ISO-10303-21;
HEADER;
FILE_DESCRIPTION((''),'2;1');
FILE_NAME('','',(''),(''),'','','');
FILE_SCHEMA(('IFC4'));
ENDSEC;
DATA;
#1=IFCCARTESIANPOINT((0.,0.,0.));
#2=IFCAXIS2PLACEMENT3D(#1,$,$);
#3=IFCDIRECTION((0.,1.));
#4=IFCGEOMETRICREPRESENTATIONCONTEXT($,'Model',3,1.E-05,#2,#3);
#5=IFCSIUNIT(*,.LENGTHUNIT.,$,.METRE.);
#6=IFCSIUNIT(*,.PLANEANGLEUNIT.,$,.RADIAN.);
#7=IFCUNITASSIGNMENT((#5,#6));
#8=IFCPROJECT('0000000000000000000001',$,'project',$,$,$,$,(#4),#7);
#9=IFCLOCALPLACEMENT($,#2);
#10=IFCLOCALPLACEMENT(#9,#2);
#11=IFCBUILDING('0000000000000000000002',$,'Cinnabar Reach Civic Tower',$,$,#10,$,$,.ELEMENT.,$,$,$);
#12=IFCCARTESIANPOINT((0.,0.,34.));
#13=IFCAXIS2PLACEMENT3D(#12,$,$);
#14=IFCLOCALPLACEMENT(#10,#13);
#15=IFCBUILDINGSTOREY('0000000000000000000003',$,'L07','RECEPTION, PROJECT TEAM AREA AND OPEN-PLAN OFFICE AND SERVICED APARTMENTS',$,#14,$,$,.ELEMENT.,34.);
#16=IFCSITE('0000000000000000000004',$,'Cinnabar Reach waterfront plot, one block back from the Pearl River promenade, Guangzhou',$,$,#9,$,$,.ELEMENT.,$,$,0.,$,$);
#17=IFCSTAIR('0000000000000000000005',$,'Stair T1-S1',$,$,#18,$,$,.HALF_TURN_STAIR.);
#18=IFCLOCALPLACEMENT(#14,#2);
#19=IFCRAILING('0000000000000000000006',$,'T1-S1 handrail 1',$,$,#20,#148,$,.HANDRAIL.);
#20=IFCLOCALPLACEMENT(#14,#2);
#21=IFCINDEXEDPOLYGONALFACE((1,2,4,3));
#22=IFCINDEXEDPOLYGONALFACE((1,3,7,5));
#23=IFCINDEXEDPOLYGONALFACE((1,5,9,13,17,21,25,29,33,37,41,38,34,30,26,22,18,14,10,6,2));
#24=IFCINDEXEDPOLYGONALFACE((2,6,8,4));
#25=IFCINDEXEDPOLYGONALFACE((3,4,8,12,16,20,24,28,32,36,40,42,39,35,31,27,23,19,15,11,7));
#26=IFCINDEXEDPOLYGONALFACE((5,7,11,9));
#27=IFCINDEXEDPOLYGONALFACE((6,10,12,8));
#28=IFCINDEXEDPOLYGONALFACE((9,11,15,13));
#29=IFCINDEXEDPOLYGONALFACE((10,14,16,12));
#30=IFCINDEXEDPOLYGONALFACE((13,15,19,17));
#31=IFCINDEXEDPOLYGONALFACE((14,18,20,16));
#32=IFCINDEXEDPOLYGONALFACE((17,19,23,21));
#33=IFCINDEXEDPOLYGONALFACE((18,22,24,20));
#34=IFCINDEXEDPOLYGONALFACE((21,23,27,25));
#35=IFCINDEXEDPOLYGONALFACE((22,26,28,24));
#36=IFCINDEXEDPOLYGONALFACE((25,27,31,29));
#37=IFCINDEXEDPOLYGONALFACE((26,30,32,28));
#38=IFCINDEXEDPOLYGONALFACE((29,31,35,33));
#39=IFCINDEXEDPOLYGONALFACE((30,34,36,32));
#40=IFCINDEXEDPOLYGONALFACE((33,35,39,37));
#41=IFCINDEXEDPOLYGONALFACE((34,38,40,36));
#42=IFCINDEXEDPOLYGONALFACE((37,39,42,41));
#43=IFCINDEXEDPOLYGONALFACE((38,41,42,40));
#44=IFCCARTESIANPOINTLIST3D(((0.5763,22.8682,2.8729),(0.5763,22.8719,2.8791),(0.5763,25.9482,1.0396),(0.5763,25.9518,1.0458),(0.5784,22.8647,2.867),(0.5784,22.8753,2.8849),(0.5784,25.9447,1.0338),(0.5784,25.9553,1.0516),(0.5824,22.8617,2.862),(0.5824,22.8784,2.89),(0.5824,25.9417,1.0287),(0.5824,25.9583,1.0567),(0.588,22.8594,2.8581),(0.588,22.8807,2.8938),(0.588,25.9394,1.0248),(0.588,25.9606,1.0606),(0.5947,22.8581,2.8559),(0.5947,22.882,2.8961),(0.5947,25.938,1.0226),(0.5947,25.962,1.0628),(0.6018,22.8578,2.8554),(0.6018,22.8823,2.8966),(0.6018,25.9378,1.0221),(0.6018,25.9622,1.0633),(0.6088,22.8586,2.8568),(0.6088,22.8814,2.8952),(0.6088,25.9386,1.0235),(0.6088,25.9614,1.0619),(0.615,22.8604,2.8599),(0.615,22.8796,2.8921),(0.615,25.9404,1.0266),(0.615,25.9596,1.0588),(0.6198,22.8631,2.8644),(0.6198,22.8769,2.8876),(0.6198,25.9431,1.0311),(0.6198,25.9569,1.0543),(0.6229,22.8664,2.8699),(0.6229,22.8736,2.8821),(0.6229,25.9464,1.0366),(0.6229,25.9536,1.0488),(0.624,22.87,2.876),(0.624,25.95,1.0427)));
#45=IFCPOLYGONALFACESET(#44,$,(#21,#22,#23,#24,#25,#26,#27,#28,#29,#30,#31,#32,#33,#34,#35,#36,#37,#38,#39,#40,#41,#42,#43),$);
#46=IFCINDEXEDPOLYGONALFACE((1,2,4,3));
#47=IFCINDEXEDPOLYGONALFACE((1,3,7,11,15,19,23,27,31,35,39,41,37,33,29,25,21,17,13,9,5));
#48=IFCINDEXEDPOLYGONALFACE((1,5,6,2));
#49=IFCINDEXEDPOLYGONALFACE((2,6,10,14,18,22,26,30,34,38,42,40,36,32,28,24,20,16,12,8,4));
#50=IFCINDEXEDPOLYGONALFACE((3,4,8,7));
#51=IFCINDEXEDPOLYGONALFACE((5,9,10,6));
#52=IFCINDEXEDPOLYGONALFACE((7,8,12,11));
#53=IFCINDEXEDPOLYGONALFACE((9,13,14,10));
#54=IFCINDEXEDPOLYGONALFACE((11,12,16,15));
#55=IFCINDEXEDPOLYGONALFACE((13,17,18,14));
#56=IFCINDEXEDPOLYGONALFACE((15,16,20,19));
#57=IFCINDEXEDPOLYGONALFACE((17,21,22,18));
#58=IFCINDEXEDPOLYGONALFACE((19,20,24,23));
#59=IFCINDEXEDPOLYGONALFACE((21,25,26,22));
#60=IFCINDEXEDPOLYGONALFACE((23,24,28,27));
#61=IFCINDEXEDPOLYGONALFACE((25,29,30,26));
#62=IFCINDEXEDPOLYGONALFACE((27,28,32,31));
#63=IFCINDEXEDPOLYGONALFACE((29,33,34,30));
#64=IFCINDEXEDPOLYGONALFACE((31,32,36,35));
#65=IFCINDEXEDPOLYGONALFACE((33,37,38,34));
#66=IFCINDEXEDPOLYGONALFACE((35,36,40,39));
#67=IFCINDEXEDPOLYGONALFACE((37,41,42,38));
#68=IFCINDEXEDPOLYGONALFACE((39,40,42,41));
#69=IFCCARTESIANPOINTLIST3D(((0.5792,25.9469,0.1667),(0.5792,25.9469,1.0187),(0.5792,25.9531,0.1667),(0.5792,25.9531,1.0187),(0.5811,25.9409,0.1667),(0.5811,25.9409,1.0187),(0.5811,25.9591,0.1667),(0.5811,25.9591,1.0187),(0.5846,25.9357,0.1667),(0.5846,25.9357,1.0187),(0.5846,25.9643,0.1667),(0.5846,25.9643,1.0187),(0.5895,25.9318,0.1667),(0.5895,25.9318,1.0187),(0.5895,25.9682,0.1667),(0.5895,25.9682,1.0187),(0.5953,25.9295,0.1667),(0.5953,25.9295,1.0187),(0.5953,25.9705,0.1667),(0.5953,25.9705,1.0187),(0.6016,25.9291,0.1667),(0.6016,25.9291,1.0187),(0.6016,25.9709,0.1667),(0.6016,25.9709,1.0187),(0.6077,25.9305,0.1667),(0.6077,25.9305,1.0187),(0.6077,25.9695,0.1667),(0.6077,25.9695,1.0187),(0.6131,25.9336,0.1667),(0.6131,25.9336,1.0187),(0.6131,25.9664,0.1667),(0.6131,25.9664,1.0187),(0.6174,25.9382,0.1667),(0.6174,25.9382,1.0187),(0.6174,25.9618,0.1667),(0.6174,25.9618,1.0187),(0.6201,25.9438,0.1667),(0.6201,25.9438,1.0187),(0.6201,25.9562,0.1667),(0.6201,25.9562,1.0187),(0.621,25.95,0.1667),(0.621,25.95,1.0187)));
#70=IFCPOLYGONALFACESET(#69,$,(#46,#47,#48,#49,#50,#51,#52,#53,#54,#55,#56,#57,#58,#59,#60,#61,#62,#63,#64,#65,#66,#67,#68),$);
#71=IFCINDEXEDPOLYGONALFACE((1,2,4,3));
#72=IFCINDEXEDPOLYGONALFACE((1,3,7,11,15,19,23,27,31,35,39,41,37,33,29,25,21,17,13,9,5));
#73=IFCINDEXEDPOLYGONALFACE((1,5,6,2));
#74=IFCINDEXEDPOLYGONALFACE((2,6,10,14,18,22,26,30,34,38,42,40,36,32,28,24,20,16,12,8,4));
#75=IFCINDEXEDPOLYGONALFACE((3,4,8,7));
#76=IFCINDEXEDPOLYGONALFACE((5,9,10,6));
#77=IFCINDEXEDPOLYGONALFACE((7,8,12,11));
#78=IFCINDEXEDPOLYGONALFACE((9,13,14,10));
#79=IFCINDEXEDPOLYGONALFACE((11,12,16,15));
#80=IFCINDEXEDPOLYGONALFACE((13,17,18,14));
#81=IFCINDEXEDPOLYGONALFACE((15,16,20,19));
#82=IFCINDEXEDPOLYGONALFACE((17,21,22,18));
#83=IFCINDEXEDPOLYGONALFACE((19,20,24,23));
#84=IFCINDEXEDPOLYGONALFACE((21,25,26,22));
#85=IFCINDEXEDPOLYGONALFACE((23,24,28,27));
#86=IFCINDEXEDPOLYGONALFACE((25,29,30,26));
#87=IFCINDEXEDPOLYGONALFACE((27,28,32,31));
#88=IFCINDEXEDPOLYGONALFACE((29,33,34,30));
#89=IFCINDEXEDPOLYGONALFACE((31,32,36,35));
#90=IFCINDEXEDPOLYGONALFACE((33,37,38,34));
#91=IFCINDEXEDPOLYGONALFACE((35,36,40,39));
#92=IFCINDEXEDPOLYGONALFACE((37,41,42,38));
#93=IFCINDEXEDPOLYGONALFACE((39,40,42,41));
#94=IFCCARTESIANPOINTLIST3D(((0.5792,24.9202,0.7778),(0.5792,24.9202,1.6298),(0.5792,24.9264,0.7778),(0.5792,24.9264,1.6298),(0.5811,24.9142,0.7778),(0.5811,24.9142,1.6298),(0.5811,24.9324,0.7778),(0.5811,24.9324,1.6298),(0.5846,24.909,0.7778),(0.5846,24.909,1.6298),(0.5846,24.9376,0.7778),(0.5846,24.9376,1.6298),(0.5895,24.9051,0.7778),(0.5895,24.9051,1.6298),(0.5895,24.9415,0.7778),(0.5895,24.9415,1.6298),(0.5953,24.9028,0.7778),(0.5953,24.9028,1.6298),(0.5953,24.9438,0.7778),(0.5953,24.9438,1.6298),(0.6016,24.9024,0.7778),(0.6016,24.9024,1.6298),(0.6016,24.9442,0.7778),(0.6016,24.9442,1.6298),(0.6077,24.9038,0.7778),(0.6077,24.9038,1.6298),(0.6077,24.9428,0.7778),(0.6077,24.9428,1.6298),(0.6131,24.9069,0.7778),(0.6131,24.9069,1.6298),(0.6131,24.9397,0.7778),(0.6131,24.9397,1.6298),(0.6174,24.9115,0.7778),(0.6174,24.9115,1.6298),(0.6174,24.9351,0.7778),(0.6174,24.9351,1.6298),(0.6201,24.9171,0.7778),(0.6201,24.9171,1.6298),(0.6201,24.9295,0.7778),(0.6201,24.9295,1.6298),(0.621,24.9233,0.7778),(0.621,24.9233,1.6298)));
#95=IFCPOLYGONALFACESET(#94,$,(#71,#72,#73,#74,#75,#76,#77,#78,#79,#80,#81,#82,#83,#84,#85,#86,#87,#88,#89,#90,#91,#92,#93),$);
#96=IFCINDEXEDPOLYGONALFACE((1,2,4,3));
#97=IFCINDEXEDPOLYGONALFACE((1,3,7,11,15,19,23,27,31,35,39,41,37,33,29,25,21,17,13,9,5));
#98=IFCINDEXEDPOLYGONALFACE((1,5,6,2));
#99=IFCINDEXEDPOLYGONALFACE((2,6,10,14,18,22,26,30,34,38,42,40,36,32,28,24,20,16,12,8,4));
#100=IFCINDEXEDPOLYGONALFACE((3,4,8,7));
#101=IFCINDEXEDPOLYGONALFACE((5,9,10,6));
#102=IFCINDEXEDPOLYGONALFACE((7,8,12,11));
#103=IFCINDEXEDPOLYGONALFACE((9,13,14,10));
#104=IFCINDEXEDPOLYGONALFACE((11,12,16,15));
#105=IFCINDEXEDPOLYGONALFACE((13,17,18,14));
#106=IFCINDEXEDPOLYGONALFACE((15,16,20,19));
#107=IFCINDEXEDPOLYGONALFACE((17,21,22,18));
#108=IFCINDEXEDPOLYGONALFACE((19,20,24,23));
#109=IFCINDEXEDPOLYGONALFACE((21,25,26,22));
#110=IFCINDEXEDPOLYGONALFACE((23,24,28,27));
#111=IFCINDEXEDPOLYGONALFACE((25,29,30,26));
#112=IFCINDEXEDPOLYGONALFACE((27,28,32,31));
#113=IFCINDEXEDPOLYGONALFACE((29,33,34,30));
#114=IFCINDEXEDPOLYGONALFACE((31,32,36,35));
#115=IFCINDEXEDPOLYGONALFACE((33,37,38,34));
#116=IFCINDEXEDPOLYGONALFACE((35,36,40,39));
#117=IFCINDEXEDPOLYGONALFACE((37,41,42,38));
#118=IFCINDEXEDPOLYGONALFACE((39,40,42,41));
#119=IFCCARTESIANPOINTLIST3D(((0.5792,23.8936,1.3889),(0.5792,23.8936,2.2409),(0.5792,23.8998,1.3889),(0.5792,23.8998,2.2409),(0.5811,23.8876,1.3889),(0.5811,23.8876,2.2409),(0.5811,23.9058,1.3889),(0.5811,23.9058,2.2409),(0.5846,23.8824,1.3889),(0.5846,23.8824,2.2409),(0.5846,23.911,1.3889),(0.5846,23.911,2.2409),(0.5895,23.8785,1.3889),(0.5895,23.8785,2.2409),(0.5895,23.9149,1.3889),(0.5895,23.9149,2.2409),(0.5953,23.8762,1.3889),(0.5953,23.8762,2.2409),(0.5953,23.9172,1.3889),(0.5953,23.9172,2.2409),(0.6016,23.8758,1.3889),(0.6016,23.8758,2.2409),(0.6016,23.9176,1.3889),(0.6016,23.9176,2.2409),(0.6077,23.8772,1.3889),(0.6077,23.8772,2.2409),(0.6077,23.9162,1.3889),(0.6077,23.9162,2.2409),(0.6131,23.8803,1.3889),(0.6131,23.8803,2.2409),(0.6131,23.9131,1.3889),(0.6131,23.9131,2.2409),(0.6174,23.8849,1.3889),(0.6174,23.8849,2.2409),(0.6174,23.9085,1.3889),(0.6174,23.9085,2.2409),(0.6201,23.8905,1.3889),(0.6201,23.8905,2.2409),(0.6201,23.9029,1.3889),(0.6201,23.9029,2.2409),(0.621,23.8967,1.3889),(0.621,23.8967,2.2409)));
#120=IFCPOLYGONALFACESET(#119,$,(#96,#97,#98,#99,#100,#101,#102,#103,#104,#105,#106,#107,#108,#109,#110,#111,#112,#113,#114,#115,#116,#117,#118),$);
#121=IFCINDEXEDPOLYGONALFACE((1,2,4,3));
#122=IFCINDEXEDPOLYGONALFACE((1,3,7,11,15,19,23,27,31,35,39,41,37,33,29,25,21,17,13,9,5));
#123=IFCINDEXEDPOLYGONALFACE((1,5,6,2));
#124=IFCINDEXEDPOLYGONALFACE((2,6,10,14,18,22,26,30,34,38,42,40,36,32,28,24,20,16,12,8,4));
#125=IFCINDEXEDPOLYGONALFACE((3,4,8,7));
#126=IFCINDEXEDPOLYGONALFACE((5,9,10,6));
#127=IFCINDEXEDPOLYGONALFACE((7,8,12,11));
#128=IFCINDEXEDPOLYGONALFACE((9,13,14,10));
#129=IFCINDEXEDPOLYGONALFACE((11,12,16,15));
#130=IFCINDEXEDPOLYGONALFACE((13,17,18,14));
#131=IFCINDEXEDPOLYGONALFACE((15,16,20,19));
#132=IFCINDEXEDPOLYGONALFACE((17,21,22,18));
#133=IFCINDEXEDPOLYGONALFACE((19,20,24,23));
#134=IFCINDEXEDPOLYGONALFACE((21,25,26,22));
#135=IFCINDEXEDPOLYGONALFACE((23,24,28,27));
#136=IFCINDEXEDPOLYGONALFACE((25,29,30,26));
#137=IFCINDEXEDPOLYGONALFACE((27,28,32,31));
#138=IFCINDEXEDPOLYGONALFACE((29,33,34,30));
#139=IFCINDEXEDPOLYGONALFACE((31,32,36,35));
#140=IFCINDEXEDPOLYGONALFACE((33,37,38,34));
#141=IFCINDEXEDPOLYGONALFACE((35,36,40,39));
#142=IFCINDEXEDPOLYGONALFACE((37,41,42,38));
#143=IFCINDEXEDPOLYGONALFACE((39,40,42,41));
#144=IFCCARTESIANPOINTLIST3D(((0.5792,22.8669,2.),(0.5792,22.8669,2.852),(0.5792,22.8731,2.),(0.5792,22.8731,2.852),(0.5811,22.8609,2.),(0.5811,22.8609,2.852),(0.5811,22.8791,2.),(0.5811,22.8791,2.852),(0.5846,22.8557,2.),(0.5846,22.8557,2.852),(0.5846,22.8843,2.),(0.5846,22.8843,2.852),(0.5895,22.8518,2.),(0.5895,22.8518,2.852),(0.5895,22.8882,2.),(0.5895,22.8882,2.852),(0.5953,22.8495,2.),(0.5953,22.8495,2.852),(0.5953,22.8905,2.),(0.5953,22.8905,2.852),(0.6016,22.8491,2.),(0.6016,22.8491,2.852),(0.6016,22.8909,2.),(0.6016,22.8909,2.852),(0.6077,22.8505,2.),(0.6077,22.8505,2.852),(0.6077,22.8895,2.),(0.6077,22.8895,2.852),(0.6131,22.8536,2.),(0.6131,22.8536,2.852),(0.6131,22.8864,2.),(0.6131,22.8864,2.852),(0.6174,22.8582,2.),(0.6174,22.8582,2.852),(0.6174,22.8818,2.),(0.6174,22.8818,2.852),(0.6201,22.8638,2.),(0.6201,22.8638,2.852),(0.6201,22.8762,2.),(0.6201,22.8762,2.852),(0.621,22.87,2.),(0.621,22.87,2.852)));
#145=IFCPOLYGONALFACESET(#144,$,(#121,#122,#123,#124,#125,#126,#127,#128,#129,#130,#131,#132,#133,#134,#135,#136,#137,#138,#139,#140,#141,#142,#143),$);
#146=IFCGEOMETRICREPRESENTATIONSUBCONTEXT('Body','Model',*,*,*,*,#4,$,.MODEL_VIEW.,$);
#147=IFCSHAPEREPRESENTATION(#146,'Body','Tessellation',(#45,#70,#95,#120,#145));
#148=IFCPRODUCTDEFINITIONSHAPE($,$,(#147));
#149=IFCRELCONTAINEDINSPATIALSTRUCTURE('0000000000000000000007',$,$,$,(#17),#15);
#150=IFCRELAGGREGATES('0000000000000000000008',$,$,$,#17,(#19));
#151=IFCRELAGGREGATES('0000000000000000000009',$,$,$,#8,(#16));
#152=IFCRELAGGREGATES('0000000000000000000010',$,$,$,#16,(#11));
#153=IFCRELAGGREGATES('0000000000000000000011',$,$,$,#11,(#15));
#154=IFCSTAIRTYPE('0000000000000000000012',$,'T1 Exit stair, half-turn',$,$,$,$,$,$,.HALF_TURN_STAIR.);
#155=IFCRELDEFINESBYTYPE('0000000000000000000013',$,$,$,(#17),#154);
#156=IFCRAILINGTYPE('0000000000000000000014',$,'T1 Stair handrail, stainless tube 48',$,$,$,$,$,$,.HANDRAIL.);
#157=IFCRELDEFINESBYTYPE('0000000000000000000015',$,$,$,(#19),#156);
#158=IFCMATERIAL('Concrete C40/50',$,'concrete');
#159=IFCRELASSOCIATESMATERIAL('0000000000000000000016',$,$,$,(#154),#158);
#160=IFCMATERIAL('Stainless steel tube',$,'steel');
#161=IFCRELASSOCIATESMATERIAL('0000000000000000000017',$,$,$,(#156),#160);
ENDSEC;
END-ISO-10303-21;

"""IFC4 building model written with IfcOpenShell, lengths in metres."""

from ifc_helpers import new_model, si_unit, direction, frame, origin, origin_2d, place, context, subcontext, project, spatial, circle, extrude, material, type_object, element, aggregate, save


model = new_model("IFC4")

# Units and contexts
model_context = context("Model", 3, precision=1e-05, world=origin(), true_north=direction((0.0, 1.0)))
body_context = subcontext(model_context, "Body", "Model", "MODEL_VIEW")
ifc_project = project(units=[si_unit("LENGTHUNIT", "METRE"), si_unit("PLANEANGLEUNIT", "RADIAN")], contexts=[model_context])

# Site, building, storey
site_placement = place(None, origin())
site = spatial("IfcSite", under=ifc_project, at=site_placement, Name="Cinnabar Reach waterfront plot, one block back from the Pearl River promenade, Guangzhou", CompositionType="ELEMENT", RefElevation=0.0)
building_placement = place(site_placement, origin())
building = spatial("IfcBuilding", under=site, at=building_placement, Name="Cinnabar Reach Civic Tower", CompositionType="ELEMENT")
storey_placement = place(building_placement, frame((0.0, 0.0, 34.0)))
storey = spatial("IfcBuildingStorey", under=building, at=storey_placement, Name="L07", Description="RECEPTION, PROJECT TEAM AREA AND OPEN-PLAN OFFICE AND SERVICED APARTMENTS", CompositionType="ELEMENT", Elevation=34.0)

# Stair, railing
ifc_material_1 = material(Name="Concrete C40/50", Category="concrete")
stair_type = type_object("IfcStairType", Name="T1 Exit stair, half-turn", PredefinedType="HALF_TURN_STAIR", material=ifc_material_1)
stair_placement = place(storey_placement, origin())
stair = element("IfcStair", 1, at=stair_placement, inside=storey, type_object=stair_type, Name="Stair T1-S1", PredefinedType="HALF_TURN_STAIR")
ifc_material_2 = material(Name="Stainless steel tube", Category="steel")
railing_type = type_object("IfcRailingType", Name="T1 Stair handrail, stainless tube 48", PredefinedType="HANDRAIL", material=ifc_material_2)
railing_placement = place(storey_placement, frame((0.6, 25.95, 0.1667)))
railing = element("IfcRailing", 2, at=railing_placement, type_object=railing_type, Name="T1-S1 handrail 1", PredefinedType="HANDRAIL", context=body_context, shape_type="SweptSolid", body=[
    extrude(circle(Radius=0.024, at=origin_2d()), frame((0.0, 0.0, 0.876), z_axis=(0.0, -0.859297, 0.511477), x_axis=(1.0, 0.0, 0.0)), (0.0, 0.0, 1.0), 3.5843),
    extrude(circle(Radius=0.021, at=origin_2d()), origin(), (0.0, 0.0, 1.0), 0.852),
    extrude(circle(Radius=0.021, at=origin_2d()), frame((0.0, -1.0267, 0.6111)), (0.0, 0.0, 1.0), 0.852),
    extrude(circle(Radius=0.021, at=origin_2d()), frame((0.0, -2.0533, 1.2222)), (0.0, 0.0, 1.0), 0.852),
    extrude(circle(Radius=0.021, at=origin_2d()), frame((0.0, -3.08, 1.8333)), (0.0, 0.0, 1.0), 0.852),
])
aggregate(stair, [railing])

save(model, "model.ifc")
